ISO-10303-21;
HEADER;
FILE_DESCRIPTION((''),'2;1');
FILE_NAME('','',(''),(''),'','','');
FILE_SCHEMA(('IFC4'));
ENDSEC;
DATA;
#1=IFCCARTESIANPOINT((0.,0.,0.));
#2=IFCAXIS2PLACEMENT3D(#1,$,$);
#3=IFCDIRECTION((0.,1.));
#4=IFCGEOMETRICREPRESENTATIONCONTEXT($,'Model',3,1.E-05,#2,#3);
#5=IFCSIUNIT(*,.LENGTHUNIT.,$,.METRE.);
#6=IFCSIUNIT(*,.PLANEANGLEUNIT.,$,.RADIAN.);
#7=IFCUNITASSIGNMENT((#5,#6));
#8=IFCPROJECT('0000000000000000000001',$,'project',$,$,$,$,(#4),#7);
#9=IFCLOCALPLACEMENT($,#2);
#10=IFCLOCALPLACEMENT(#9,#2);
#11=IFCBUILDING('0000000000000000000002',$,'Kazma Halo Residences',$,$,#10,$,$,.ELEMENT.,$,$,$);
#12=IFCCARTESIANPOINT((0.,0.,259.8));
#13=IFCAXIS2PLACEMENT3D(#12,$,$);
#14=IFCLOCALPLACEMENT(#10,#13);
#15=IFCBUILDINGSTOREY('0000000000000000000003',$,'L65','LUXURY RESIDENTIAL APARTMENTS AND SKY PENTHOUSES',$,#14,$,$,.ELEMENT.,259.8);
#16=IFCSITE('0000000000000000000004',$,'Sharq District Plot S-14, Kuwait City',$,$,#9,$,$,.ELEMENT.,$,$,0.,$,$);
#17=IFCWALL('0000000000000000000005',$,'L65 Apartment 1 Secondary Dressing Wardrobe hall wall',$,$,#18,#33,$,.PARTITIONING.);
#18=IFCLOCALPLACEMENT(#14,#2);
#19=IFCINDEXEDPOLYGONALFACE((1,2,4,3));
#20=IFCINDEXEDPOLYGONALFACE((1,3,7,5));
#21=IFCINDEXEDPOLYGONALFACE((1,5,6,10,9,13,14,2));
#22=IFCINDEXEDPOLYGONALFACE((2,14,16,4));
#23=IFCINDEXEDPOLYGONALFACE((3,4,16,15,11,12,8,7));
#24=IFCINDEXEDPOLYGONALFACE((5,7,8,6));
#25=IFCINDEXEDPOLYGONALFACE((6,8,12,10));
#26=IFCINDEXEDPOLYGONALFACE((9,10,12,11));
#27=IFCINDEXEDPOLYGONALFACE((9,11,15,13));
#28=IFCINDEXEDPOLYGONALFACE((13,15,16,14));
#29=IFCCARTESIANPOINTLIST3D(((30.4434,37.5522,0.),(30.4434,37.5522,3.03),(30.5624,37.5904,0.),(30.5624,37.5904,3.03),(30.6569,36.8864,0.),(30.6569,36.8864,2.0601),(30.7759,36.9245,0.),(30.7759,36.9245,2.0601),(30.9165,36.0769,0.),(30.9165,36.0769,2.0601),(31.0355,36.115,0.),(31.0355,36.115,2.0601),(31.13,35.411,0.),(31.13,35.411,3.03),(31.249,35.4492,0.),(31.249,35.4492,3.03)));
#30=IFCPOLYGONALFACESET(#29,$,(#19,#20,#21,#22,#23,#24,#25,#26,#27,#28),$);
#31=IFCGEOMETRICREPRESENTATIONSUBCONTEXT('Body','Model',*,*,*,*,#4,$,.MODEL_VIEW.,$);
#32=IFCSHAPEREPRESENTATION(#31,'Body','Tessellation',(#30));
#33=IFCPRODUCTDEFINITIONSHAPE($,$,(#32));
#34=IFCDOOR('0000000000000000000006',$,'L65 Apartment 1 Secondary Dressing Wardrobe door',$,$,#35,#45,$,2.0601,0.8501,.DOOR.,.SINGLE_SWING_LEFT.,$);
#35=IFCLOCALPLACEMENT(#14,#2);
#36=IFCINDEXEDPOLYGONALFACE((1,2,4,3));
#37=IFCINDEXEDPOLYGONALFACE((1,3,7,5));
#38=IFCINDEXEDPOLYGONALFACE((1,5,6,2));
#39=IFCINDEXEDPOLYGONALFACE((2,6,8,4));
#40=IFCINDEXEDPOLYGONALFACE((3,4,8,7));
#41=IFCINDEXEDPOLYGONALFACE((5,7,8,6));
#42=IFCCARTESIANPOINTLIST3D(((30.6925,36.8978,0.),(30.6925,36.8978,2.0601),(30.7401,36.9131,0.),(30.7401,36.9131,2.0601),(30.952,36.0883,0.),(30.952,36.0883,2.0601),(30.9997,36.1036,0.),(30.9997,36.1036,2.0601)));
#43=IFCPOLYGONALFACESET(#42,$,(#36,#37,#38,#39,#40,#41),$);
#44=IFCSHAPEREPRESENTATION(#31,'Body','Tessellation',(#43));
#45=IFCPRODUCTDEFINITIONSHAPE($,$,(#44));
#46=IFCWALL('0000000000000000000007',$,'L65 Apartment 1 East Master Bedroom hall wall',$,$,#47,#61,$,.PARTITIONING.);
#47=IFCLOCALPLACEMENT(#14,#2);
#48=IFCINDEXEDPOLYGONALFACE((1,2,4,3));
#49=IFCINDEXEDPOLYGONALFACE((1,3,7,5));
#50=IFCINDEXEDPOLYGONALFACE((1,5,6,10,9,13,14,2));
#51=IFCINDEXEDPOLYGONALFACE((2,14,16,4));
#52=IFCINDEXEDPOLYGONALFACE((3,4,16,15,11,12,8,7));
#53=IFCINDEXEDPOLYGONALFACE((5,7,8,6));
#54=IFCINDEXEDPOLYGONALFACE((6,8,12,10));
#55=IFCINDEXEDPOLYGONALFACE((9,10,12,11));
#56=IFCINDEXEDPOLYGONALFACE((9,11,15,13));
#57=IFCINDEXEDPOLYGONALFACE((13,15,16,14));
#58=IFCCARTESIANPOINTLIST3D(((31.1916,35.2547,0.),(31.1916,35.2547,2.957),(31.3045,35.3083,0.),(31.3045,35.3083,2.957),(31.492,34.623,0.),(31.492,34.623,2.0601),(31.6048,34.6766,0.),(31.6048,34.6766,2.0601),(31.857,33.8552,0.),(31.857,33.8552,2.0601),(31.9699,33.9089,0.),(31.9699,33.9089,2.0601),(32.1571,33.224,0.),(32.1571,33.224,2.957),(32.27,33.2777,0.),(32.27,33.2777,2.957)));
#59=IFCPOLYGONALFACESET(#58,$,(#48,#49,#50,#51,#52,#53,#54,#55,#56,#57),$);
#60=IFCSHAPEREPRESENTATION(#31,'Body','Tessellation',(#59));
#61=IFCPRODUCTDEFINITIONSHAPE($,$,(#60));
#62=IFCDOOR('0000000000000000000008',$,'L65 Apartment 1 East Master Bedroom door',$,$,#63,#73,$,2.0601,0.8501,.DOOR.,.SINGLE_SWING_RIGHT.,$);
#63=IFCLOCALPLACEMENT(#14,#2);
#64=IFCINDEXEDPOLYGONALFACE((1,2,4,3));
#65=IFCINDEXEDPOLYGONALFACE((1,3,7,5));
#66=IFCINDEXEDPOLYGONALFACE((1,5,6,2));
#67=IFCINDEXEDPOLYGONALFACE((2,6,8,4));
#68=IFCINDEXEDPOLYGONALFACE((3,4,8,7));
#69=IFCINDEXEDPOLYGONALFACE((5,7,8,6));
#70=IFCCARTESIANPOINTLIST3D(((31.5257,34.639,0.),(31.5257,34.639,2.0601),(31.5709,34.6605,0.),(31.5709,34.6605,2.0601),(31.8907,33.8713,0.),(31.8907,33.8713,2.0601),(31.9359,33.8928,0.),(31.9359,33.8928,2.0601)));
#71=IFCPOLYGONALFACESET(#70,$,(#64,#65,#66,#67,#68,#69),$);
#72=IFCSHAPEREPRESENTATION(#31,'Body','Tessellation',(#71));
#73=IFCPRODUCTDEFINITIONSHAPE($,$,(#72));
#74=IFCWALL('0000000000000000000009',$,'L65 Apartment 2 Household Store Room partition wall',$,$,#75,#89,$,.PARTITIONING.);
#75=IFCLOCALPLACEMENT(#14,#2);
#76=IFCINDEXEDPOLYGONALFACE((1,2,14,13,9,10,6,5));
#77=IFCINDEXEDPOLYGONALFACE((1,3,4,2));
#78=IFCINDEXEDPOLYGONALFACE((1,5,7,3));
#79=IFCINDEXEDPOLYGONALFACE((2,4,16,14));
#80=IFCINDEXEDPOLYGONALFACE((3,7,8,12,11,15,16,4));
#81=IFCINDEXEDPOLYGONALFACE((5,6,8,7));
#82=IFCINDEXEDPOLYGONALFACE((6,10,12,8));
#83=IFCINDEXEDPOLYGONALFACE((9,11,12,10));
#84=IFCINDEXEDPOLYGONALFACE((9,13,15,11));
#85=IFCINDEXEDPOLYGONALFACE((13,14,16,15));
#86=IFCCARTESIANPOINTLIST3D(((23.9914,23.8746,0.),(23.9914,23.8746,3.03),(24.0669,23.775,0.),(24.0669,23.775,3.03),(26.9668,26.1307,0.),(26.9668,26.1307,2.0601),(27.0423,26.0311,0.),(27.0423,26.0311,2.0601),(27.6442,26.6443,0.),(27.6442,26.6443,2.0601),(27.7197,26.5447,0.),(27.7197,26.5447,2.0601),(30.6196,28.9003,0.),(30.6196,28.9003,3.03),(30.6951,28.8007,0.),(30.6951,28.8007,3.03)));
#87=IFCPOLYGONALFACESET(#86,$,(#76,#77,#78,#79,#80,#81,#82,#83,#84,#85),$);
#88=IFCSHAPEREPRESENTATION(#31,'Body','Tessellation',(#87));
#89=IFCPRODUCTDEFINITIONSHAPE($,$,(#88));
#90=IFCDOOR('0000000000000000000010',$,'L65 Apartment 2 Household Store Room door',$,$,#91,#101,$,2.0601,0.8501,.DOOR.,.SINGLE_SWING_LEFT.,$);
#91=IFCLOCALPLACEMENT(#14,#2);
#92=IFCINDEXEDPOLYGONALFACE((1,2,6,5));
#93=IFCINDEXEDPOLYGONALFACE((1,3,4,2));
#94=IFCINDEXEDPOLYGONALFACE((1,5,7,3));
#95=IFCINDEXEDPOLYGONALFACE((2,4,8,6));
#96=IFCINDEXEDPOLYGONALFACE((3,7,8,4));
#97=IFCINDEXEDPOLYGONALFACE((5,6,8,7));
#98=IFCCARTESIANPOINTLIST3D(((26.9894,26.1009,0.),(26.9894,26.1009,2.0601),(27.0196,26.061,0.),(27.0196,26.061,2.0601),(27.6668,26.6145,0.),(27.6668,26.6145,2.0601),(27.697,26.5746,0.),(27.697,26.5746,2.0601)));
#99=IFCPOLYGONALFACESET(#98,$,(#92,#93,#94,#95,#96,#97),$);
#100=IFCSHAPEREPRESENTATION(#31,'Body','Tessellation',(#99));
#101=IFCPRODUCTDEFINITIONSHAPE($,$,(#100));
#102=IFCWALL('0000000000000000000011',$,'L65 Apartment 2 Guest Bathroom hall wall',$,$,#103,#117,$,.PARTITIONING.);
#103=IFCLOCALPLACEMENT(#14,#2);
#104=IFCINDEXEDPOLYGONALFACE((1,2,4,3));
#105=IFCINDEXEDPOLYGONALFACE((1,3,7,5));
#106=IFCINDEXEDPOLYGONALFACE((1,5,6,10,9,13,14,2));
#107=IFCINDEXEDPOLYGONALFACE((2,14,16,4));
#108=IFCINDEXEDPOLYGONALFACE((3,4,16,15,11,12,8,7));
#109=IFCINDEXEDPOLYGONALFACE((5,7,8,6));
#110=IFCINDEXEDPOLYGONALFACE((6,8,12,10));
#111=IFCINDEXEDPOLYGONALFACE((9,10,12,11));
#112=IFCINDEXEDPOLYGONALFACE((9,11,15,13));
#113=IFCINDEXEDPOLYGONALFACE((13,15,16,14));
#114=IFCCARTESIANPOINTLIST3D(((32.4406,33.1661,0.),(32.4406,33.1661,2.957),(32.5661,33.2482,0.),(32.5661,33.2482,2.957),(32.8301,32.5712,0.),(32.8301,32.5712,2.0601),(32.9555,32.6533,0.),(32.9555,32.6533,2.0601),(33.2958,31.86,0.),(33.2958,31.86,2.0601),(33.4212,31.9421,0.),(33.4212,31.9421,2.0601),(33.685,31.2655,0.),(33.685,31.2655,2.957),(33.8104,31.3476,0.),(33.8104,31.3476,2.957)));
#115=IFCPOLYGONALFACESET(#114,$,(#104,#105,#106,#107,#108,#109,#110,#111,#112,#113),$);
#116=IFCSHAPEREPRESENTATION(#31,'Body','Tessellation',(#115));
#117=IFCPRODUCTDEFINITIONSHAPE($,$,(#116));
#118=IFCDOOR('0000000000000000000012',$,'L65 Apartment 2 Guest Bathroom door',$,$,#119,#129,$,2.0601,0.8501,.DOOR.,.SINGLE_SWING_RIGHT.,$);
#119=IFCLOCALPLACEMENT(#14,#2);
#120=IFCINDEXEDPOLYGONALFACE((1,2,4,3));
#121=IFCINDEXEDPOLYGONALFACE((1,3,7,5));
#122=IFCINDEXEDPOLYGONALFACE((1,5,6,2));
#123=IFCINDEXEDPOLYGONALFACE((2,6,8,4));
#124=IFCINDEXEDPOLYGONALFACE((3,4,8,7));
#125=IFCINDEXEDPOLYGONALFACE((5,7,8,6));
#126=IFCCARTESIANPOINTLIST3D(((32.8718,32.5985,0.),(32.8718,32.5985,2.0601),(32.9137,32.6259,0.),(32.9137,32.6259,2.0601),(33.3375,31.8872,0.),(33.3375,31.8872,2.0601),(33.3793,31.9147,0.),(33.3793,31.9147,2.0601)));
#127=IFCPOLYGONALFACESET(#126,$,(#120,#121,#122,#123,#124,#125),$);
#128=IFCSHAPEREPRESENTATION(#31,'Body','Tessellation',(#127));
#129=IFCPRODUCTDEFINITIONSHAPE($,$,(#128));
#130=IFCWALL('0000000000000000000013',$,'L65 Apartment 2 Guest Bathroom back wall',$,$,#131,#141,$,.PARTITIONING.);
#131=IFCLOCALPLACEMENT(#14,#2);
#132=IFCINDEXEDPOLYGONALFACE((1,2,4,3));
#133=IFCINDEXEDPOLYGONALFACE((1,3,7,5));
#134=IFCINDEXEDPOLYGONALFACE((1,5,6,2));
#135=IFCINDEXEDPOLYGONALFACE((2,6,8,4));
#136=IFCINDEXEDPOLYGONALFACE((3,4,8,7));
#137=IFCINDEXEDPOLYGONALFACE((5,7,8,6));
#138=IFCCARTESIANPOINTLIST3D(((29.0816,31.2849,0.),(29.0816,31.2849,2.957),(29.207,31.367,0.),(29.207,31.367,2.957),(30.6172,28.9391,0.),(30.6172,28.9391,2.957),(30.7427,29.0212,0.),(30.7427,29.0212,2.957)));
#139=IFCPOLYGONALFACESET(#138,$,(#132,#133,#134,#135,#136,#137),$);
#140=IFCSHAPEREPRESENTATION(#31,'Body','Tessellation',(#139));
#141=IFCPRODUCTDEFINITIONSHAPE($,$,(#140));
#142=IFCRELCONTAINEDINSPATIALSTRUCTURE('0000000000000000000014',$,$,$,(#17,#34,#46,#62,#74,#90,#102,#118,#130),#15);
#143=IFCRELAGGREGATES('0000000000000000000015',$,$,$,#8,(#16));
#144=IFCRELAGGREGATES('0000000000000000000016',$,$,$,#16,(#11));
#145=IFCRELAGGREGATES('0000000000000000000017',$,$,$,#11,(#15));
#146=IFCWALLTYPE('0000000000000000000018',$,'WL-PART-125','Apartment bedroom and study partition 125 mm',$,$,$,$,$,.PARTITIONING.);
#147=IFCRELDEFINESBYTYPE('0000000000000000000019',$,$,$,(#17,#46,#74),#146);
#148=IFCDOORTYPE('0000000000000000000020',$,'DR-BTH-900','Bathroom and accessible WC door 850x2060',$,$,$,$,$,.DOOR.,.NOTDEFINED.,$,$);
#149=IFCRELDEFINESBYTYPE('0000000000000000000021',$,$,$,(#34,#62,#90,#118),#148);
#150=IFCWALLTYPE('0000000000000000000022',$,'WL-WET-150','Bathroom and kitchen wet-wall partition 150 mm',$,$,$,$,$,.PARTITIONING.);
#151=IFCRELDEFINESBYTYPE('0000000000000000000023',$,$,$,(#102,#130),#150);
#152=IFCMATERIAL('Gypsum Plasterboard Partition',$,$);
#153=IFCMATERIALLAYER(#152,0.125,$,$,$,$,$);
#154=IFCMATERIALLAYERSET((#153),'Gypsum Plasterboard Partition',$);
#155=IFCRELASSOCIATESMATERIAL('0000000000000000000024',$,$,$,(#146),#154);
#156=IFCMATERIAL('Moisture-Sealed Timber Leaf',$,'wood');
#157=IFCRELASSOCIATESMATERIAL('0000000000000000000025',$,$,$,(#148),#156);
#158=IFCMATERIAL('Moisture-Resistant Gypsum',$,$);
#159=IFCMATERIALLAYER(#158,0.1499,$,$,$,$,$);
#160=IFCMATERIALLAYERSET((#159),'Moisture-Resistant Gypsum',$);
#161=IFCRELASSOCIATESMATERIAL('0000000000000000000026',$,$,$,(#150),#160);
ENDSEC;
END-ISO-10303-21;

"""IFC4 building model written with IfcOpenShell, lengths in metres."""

from ifc_helpers import new_model, si_unit, direction, frame, frame_2d, origin, place, context, subcontext, project, spatial, rectangle, extrude, material, layer, layer_set, type_object, element, fill, save


model = new_model("IFC4")

# Units and contexts
model_context = context("Model", 3, precision=1e-05, world=origin(), true_north=direction((0.0, 1.0)))
body_context = subcontext(model_context, "Body", "Model", "MODEL_VIEW")
ifc_project = project(units=[si_unit("LENGTHUNIT", "METRE"), si_unit("PLANEANGLEUNIT", "RADIAN")], contexts=[model_context])

# Site, building, storey
site_placement = place(None, origin())
site = spatial("IfcSite", under=ifc_project, at=site_placement, Name="Sharq District Plot S-14, Kuwait City", CompositionType="ELEMENT", RefElevation=0.0)
building_placement = place(site_placement, origin())
building = spatial("IfcBuilding", under=site, at=building_placement, Name="Kazma Halo Residences", CompositionType="ELEMENT")
storey_placement = place(building_placement, frame((0.0, 0.0, 259.8)))
storey = spatial("IfcBuildingStorey", under=building, at=storey_placement, Name="L65", Description="LUXURY RESIDENTIAL APARTMENTS AND SKY PENTHOUSES", CompositionType="ELEMENT", Elevation=259.8)

# Shared definitions
ifc_material_1 = material(Name="Gypsum Plasterboard Partition")
ifc_layer_1 = layer(ifc_material_1, 0.125)
ifc_layer_set_1 = layer_set([ifc_layer_1], Name="Gypsum Plasterboard Partition")
wall_type_1 = type_object("IfcWallType", Name="WL-PART-125", Description="Apartment bedroom and study partition 125 mm", PredefinedType="PARTITIONING", material=ifc_layer_set_1)

# Walls, openings, doors
ifc_material_2 = material(Name="Moisture-Sealed Timber Leaf", Category="wood")
door_type = type_object("IfcDoorType", Name="DR-BTH-900", Description="Bathroom and accessible WC door 850x2060", OperationType="NOTDEFINED", PredefinedType="DOOR", material=ifc_material_2)
wall_1_placement = place(storey_placement, frame((30.5029, 37.5713, 0.0), z_axis=(0.0, 0.0, 1.0), x_axis=(0.305327, -0.952247, 0.0)))
wall_1 = element("IfcWall", 1, at=wall_1_placement, inside=storey, type_object=wall_type_1, Name="L65 Apartment 1 Secondary Dressing Wardrobe hall wall", PredefinedType="PARTITIONING", context=body_context, shape_type="SweptSolid", body=[
    extrude(rectangle(XDim=2.2485, YDim=0.125, at=frame_2d((1.1243, 0.0))), origin(), (0.0, 0.0, 1.0), 3.03),
])
opening_1_placement = place(wall_1_placement, frame((0.6992, 0.0, 0.0)))
opening_1 = element("IfcOpeningElement", 2, at=opening_1_placement, cuts=wall_1, PredefinedType="OPENING", context=body_context, shape_type="SweptSolid", body=[
    extrude(rectangle(XDim=0.8501, YDim=2.0601, at=frame_2d((0.425, 1.03))), frame((0.0, 0.0725, 0.0), z_axis=(0.0, -1.0, 0.0), x_axis=(1.0, 0.0, 0.0)), (0.0, 0.0, 1.0), 0.145),
])
door_1_placement = place(opening_1_placement, origin())
door_1 = element("IfcDoor", 3, at=door_1_placement, inside=storey, type_object=door_type, Name="L65 Apartment 1 Secondary Dressing Wardrobe door", OperationType="SINGLE_SWING_LEFT", OverallHeight=2.0601, OverallWidth=0.8501, PredefinedType="DOOR", context=body_context, shape_type="SweptSolid", body=[
    extrude(rectangle(XDim=0.8501, YDim=2.0601, at=frame_2d((0.425, 1.03))), frame((0.0, 0.0249, 0.0), z_axis=(0.0, -1.0, 0.0), x_axis=(1.0, 0.0, 0.0)), (0.0, 0.0, 1.0), 0.05),
])
fill(opening_1, door_1)
wall_2_placement = place(storey_placement, frame((31.248, 35.2815, 0.0), z_axis=(0.0, 0.0, 1.0), x_axis=(0.429407, -0.903111, 0.0)))
wall_2 = element("IfcWall", 4, at=wall_2_placement, inside=storey, type_object=wall_type_1, Name="L65 Apartment 1 East Master Bedroom hall wall", PredefinedType="PARTITIONING", context=body_context, shape_type="SweptSolid", body=[
    extrude(rectangle(XDim=2.2485, YDim=0.125, at=frame_2d((1.1243, 0.0))), origin(), (0.0, 0.0, 1.0), 2.957),
])
opening_2_placement = place(wall_2_placement, frame((0.6995, 0.0, 0.0)))
opening_2 = element("IfcOpeningElement", 5, at=opening_2_placement, cuts=wall_2, PredefinedType="OPENING", context=body_context, shape_type="SweptSolid", body=[
    extrude(rectangle(XDim=0.8501, YDim=2.0601, at=frame_2d((0.425, 1.03))), frame((0.0, 0.0725, 0.0), z_axis=(0.0, -1.0, 0.0), x_axis=(1.0, 0.0, 0.0)), (0.0, 0.0, 1.0), 0.145),
])
door_2_placement = place(opening_2_placement, origin())
door_2 = element("IfcDoor", 6, at=door_2_placement, inside=storey, type_object=door_type, Name="L65 Apartment 1 East Master Bedroom door", OperationType="SINGLE_SWING_RIGHT", OverallHeight=2.0601, OverallWidth=0.8501, PredefinedType="DOOR", context=body_context, shape_type="SweptSolid", body=[
    extrude(rectangle(XDim=0.8501, YDim=2.0601, at=frame_2d((0.425, 1.03))), frame((0.0, 0.0249, 0.0), z_axis=(0.0, -1.0, 0.0), x_axis=(1.0, 0.0, 0.0)), (0.0, 0.0, 1.0), 0.05),
])
fill(opening_2, door_2)
wall_3_placement = place(storey_placement, frame((30.6575, 28.8506, 0.0), z_axis=(0.0, 0.0, 1.0), x_axis=(-0.796844, -0.604185, 0.0)))
wall_3 = element("IfcWall", 7, at=wall_3_placement, inside=storey, type_object=wall_type_1, Name="L65 Apartment 2 Household Store Room partition wall", PredefinedType="PARTITIONING", context=body_context, shape_type="SweptSolid", body=[
    extrude(rectangle(XDim=8.3181, YDim=0.125, at=frame_2d((4.1592, 0.0))), origin(), (0.0, 0.0, 1.0), 3.03),
])
opening_3_placement = place(wall_3_placement, frame((3.7341, 0.0, 0.0)))
opening_3 = element("IfcOpeningElement", 8, at=opening_3_placement, cuts=wall_3, PredefinedType="OPENING", context=body_context, shape_type="SweptSolid", body=[
    extrude(rectangle(XDim=0.8501, YDim=2.0601, at=frame_2d((0.425, 1.03))), frame((0.0, 0.0725, 0.0), z_axis=(0.0, -1.0, 0.0), x_axis=(1.0, 0.0, 0.0)), (0.0, 0.0, 1.0), 0.145),
])
door_3_placement = place(opening_3_placement, origin())
door_3 = element("IfcDoor", 9, at=door_3_placement, inside=storey, type_object=door_type, Name="L65 Apartment 2 Household Store Room door", OperationType="SINGLE_SWING_LEFT", OverallHeight=2.0601, OverallWidth=0.8501, PredefinedType="DOOR", context=body_context, shape_type="SweptSolid", body=[
    extrude(rectangle(XDim=0.8501, YDim=2.0601, at=frame_2d((0.425, 1.03))), frame((0.0, 0.0249, 0.0), z_axis=(0.0, -1.0, 0.0), x_axis=(1.0, 0.0, 0.0)), (0.0, 0.0, 1.0), 0.05),
])
fill(opening_3, door_3)
ifc_material_3 = material(Name="Moisture-Resistant Gypsum")
ifc_layer_2 = layer(ifc_material_3, 0.1499)
ifc_layer_set_2 = layer_set([ifc_layer_2], Name="Moisture-Resistant Gypsum")
wall_type_2 = type_object("IfcWallType", Name="WL-WET-150", Description="Bathroom and kitchen wet-wall partition 150 mm", PredefinedType="PARTITIONING", material=ifc_layer_set_2)
wall_4_placement = place(storey_placement, frame((32.5034, 33.207, 0.0), z_axis=(0.0, 0.0, 1.0), x_axis=(0.547762, -0.836634, 0.0)))
wall_4 = element("IfcWall", 10, at=wall_4_placement, inside=storey, type_object=wall_type_2, Name="L65 Apartment 2 Guest Bathroom hall wall", PredefinedType="PARTITIONING", context=body_context, shape_type="SweptSolid", body=[
    extrude(rectangle(XDim=2.2717, YDim=0.1499, at=frame_2d((1.1357, 0.0))), origin(), (0.0, 0.0, 1.0), 2.957),
])
opening_4_placement = place(wall_4_placement, frame((0.7109, 0.0, 0.0)))
opening_4 = element("IfcOpeningElement", 11, at=opening_4_placement, cuts=wall_4, PredefinedType="OPENING", context=body_context, shape_type="SweptSolid", body=[
    extrude(rectangle(XDim=0.8501, YDim=2.0601, at=frame_2d((0.425, 1.03))), frame((0.0, 0.085, 0.0), z_axis=(0.0, -1.0, 0.0), x_axis=(1.0, 0.0, 0.0)), (0.0, 0.0, 1.0), 0.1699),
])
door_4_placement = place(opening_4_placement, origin())
door_4 = element("IfcDoor", 12, at=door_4_placement, inside=storey, type_object=door_type, Name="L65 Apartment 2 Guest Bathroom door", OperationType="SINGLE_SWING_RIGHT", OverallHeight=2.0601, OverallWidth=0.8501, PredefinedType="DOOR", context=body_context, shape_type="SweptSolid", body=[
    extrude(rectangle(XDim=0.8501, YDim=2.0601, at=frame_2d((0.425, 1.03))), frame((0.0, 0.0249, 0.0), z_axis=(0.0, -1.0, 0.0), x_axis=(1.0, 0.0, 0.0)), (0.0, 0.0, 1.0), 0.05),
])
fill(opening_4, door_4)

# Wall
wall_5_placement = place(storey_placement, frame((29.1443, 31.3259, 0.0), z_axis=(0.0, 0.0, 1.0), x_axis=(0.547728, -0.836657, 0.0)))
element("IfcWall", 13, at=wall_5_placement, inside=storey, type_object=wall_type_2, Name="L65 Apartment 2 Guest Bathroom back wall", PredefinedType="PARTITIONING", context=body_context, shape_type="SweptSolid", body=[
    extrude(rectangle(XDim=2.8037, YDim=0.1499, at=frame_2d((1.4019, 0.0))), origin(), (0.0, 0.0, 1.0), 2.957),
])

save(model, "model.ifc")
